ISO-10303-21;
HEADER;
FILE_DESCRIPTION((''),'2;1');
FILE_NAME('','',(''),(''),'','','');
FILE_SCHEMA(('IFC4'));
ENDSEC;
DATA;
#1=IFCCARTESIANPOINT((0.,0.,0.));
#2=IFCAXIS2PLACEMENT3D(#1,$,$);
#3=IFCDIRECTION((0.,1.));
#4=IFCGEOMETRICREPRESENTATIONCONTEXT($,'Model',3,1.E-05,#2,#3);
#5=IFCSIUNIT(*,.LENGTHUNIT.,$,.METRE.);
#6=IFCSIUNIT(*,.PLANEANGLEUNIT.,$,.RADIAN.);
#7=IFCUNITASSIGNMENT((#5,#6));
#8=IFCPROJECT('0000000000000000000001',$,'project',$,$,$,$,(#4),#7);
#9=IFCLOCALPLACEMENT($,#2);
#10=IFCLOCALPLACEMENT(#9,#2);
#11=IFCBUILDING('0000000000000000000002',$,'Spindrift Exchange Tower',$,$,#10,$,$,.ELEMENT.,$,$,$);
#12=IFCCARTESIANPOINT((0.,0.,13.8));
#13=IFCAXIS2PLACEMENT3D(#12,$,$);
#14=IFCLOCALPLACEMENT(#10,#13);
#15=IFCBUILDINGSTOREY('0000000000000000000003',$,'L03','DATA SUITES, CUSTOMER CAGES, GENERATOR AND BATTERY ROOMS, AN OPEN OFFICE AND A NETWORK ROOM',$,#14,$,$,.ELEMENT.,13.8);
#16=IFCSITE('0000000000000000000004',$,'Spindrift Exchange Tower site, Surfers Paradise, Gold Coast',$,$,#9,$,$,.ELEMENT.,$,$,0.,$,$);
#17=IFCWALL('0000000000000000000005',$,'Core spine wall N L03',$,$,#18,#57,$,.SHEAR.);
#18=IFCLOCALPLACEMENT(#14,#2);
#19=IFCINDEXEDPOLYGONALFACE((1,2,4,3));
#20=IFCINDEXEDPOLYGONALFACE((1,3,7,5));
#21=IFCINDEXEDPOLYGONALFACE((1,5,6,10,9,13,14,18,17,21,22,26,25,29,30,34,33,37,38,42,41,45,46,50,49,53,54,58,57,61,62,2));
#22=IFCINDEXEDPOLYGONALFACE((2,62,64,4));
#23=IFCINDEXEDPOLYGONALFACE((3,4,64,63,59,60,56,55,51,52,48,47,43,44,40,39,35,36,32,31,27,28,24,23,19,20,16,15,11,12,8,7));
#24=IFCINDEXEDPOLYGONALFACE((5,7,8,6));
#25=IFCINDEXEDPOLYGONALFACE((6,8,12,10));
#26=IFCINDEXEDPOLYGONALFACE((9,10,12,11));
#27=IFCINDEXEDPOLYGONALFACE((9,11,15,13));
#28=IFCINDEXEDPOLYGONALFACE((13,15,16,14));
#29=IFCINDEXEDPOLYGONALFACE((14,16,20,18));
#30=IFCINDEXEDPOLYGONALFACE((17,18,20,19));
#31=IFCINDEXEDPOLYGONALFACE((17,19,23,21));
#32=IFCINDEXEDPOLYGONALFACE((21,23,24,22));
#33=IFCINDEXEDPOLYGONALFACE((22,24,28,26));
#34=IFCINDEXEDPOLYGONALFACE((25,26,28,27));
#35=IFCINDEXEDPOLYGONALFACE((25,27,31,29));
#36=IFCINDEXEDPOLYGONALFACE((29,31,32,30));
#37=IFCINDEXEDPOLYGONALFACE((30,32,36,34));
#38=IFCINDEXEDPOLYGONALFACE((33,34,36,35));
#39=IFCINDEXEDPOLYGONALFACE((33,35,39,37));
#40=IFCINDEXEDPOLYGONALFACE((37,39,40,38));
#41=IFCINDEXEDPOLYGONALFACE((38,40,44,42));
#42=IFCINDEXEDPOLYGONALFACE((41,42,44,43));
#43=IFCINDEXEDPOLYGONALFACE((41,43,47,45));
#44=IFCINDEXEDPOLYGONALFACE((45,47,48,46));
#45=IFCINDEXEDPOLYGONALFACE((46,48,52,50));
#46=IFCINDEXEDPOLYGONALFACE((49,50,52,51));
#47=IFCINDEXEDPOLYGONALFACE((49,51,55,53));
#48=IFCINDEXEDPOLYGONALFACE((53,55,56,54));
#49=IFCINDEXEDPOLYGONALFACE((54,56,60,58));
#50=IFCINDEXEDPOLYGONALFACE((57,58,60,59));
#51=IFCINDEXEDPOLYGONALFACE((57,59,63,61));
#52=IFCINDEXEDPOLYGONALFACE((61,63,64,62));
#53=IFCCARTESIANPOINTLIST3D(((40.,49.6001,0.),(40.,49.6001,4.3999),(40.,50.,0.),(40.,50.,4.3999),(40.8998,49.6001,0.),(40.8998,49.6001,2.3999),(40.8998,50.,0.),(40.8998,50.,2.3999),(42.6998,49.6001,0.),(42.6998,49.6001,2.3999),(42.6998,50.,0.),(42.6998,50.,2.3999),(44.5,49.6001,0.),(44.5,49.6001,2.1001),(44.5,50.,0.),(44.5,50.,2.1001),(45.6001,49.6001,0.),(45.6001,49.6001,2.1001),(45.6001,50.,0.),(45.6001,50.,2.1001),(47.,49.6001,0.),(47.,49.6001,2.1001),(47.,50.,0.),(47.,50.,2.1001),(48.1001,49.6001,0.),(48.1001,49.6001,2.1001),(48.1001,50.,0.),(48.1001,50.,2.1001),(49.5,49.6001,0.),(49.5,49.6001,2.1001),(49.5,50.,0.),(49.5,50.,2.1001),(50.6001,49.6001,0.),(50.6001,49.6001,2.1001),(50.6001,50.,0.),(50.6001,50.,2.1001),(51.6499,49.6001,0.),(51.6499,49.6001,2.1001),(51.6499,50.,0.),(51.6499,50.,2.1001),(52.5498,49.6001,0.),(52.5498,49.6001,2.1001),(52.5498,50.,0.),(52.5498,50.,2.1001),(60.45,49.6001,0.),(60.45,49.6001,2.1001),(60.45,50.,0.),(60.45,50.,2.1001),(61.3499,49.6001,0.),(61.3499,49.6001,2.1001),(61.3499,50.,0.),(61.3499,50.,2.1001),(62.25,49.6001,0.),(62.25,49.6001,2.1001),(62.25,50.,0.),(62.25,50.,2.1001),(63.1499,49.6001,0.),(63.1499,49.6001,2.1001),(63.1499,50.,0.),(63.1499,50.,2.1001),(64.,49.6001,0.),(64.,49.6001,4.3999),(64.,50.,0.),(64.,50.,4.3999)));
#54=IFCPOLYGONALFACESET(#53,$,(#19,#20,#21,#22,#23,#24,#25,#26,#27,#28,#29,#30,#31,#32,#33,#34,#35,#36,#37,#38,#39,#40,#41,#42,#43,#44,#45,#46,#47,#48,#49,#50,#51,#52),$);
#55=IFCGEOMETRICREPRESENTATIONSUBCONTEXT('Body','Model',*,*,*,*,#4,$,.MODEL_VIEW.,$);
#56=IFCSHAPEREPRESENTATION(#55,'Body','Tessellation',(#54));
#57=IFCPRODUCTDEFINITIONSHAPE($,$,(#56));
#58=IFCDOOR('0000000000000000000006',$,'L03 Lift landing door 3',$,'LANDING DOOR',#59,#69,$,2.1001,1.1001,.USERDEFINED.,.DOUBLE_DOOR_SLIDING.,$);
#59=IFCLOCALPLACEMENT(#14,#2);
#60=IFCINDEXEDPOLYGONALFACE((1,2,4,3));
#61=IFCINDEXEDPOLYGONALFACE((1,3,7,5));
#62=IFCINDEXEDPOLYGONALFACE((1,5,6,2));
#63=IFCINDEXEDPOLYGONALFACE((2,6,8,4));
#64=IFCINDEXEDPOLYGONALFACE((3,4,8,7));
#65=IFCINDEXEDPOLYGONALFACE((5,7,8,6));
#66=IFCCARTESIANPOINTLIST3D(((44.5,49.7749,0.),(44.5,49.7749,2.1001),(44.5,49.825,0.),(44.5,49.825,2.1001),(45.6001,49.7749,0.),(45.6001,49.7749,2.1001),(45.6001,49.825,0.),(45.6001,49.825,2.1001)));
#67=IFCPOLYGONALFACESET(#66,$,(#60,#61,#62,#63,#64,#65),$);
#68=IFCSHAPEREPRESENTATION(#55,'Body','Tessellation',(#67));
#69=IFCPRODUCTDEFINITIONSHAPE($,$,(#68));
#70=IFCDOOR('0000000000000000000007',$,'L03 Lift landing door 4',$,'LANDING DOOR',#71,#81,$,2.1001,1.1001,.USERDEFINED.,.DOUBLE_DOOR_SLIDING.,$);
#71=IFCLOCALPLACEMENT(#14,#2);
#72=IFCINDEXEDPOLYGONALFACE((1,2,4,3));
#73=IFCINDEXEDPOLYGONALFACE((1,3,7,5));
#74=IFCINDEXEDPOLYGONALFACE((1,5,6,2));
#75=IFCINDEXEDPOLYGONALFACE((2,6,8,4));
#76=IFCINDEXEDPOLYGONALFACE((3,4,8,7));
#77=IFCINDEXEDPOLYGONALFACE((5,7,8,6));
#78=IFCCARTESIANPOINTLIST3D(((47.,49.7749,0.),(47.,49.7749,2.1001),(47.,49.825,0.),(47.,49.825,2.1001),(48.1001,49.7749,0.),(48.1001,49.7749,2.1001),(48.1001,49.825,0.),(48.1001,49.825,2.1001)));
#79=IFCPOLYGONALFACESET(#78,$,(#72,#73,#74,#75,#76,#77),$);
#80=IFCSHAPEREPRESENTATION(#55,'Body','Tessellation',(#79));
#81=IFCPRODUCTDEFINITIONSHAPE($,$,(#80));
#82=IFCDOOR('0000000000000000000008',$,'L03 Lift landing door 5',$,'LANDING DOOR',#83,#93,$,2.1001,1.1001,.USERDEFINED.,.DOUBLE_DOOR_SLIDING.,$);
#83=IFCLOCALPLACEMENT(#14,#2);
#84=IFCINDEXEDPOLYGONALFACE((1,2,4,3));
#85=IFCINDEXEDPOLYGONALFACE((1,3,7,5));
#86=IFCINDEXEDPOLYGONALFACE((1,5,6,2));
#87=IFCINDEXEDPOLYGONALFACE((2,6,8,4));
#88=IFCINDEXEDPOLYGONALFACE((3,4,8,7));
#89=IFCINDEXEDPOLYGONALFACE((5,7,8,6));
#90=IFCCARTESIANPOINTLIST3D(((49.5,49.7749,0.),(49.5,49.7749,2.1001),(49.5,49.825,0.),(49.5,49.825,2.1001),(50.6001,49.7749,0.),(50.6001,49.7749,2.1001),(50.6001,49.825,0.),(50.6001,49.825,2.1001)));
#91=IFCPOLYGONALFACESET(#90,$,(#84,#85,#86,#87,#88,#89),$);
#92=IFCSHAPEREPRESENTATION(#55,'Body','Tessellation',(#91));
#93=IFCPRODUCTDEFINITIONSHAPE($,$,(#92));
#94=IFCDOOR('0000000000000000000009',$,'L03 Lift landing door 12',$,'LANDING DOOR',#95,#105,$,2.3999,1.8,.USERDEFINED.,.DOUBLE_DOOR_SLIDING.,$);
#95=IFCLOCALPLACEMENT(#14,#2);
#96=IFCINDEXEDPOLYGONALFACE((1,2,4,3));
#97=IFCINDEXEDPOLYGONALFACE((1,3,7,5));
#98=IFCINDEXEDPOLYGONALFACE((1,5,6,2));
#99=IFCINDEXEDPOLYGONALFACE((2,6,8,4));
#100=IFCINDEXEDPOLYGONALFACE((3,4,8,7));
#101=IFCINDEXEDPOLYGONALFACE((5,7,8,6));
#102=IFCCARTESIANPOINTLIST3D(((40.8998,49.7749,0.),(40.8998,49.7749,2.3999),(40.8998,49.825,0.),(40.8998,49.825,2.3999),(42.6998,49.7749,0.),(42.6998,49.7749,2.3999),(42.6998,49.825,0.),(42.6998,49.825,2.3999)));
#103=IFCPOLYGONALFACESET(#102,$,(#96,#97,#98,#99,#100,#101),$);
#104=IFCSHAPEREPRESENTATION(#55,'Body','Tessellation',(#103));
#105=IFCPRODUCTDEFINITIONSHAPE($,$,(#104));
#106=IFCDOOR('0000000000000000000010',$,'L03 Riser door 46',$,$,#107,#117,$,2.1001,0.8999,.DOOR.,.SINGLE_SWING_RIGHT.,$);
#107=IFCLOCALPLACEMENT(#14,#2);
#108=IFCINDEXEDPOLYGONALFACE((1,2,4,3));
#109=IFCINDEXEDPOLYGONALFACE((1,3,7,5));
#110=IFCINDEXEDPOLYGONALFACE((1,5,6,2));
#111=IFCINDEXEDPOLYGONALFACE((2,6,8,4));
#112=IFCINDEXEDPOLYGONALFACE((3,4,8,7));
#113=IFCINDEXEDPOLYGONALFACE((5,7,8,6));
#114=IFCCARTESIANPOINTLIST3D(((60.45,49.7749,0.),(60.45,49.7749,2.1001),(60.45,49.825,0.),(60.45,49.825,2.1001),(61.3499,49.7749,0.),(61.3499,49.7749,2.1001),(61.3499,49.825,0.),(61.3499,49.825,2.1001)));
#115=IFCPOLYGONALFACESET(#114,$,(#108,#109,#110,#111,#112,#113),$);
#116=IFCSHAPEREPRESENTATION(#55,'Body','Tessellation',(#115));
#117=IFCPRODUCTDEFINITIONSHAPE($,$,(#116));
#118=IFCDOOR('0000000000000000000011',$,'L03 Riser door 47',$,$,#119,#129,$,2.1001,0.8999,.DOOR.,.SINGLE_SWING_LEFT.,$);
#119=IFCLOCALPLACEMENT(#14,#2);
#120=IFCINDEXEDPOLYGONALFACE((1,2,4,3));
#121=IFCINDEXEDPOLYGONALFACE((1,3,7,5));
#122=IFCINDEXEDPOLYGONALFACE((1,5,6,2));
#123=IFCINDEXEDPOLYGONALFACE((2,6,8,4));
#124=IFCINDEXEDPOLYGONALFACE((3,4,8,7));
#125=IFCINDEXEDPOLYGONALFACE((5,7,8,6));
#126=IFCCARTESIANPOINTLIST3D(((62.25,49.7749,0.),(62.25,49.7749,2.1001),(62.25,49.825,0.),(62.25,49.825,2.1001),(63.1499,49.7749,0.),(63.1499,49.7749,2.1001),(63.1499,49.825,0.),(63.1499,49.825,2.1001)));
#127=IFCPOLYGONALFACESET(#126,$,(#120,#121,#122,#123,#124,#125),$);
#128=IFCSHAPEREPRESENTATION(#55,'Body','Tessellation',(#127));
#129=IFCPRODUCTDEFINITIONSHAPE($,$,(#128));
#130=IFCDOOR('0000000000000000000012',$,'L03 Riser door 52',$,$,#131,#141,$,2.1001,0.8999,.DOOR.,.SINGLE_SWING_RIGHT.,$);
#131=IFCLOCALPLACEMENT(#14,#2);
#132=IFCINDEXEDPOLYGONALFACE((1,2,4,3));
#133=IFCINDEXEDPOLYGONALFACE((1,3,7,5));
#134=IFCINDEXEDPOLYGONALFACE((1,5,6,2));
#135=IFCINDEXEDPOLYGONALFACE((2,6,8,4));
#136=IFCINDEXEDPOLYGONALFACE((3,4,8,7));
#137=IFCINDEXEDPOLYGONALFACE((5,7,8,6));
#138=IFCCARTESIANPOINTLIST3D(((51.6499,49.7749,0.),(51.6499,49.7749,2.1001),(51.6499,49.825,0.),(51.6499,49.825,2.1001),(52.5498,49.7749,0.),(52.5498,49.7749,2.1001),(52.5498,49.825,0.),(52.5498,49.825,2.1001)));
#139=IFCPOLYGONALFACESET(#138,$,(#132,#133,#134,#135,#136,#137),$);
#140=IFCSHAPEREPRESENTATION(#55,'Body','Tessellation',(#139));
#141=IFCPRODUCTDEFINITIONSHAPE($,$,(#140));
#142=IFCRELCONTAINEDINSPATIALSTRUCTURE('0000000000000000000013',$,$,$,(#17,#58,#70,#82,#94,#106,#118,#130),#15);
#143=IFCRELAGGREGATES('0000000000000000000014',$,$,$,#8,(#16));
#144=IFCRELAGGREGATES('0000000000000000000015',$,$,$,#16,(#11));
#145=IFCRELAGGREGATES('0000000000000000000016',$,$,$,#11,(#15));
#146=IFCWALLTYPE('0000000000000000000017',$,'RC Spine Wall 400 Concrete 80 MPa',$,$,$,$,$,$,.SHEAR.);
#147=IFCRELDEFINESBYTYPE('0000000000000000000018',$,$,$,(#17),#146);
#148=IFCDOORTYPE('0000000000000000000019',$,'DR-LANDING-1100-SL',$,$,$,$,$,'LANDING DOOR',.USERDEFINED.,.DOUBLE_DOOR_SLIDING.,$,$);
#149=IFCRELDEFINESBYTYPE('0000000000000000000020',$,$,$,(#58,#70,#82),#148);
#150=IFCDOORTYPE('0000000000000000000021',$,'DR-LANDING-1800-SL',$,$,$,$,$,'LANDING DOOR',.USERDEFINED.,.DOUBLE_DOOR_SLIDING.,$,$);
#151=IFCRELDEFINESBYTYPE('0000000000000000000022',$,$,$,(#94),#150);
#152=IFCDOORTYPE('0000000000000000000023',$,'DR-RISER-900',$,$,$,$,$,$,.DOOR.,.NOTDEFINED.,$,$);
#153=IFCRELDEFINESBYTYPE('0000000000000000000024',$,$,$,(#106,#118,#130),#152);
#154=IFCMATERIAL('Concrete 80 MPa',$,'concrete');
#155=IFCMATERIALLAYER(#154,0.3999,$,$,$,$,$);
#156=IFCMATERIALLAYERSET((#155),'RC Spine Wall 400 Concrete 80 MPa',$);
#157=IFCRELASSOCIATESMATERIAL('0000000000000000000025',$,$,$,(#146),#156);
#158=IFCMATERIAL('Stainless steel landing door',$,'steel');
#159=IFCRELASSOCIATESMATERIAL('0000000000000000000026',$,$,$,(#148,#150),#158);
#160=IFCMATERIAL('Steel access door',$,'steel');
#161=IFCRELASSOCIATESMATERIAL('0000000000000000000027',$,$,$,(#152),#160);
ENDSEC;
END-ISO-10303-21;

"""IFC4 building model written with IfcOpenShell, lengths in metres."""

from ifc_helpers import new_model, si_unit, direction, frame, frame_2d, origin, place, context, subcontext, project, spatial, rectangle, extrude, source, transform, mapped, material, layer, layer_set, type_object, element, fill, save


model = new_model("IFC4")

# Units and contexts
model_context = context("Model", 3, precision=1e-05, world=origin(), true_north=direction((0.0, 1.0)))
body_context = subcontext(model_context, "Body", "Model", "MODEL_VIEW")
ifc_project = project(units=[si_unit("LENGTHUNIT", "METRE"), si_unit("PLANEANGLEUNIT", "RADIAN")], contexts=[model_context])

# Site, building, storey
site_placement = place(None, origin())
site = spatial("IfcSite", under=ifc_project, at=site_placement, Name="Spindrift Exchange Tower site, Surfers Paradise, Gold Coast", CompositionType="ELEMENT", RefElevation=0.0)
building_placement = place(site_placement, origin())
building = spatial("IfcBuilding", under=site, at=building_placement, Name="Spindrift Exchange Tower", CompositionType="ELEMENT")
storey_placement = place(building_placement, frame((0.0, 0.0, 13.8)))
storey = spatial("IfcBuildingStorey", under=building, at=storey_placement, Name="L03", Description="DATA SUITES, CUSTOMER CAGES, GENERATOR AND BATTERY ROOMS, AN OPEN OFFICE AND A NETWORK ROOM", CompositionType="ELEMENT", Elevation=13.8)

# Shared definitions
ifc_material_1 = material(Name="Concrete 80 MPa", Category="concrete")

# Wall, openings, doors
ifc_layer_1 = layer(ifc_material_1, 0.3999)
ifc_layer_set_1 = layer_set([ifc_layer_1], Name="RC Spine Wall 400 Concrete 80 MPa")
wall_type_1 = type_object("IfcWallType", Name="RC Spine Wall 400 Concrete 80 MPa", PredefinedType="SHEAR", material=ifc_layer_set_1)
wall_1_placement = place(storey_placement, frame((40.0, 49.8, 0.0), z_axis=(0.0, 0.0, 1.0), x_axis=(1.0, 0.0, 0.0)))
wall_1 = element("IfcWall", 1, at=wall_1_placement, inside=storey, type_object=wall_type_1, Name="Core spine wall N L03", PredefinedType="SHEAR", context=body_context, shape_type="SweptSolid", body=[
    extrude(rectangle(XDim=24.0, YDim=0.3999, at=frame_2d((12.0, 0.0))), origin(), (0.0, 0.0, 1.0), 4.3999),
])
opening_1_placement = place(wall_1_placement, frame((4.5, 0.0, 0.0)))
opening_1 = element("IfcOpeningElement", 2, at=opening_1_placement, cuts=wall_1, PredefinedType="OPENING", context=body_context, shape_type="SweptSolid", body=[
    extrude(rectangle(XDim=1.1001, YDim=2.1001, at=frame_2d((0.55, 1.05))), frame((0.0, 0.21, 0.0), z_axis=(0.0, -1.0, 0.0), x_axis=(1.0, 0.0, 0.0)), (0.0, 0.0, 1.0), 0.4199),
])
opening_2_placement = place(wall_1_placement, frame((7.0, 0.0, 0.0)))
opening_2 = element("IfcOpeningElement", 3, at=opening_2_placement, cuts=wall_1, PredefinedType="OPENING", context=body_context, shape_type="SweptSolid", body=[
    extrude(rectangle(XDim=1.1001, YDim=2.1001, at=frame_2d((0.55, 1.05))), frame((0.0, 0.21, 0.0), z_axis=(0.0, -1.0, 0.0), x_axis=(1.0, 0.0, 0.0)), (0.0, 0.0, 1.0), 0.4199),
])
opening_3_placement = place(wall_1_placement, frame((9.5, 0.0, 0.0)))
opening_3 = element("IfcOpeningElement", 4, at=opening_3_placement, cuts=wall_1, PredefinedType="OPENING", context=body_context, shape_type="SweptSolid", body=[
    extrude(rectangle(XDim=1.1001, YDim=2.1001, at=frame_2d((0.55, 1.05))), frame((0.0, 0.21, 0.0), z_axis=(0.0, -1.0, 0.0), x_axis=(1.0, 0.0, 0.0)), (0.0, 0.0, 1.0), 0.4199),
])
opening_4_placement = place(wall_1_placement, frame((0.8999, 0.0, 0.0)))
opening_4 = element("IfcOpeningElement", 5, at=opening_4_placement, cuts=wall_1, PredefinedType="OPENING", context=body_context, shape_type="SweptSolid", body=[
    extrude(rectangle(XDim=1.8, YDim=2.3999, at=frame_2d((0.8999, 1.2))), frame((0.0, 0.21, 0.0), z_axis=(0.0, -1.0, 0.0), x_axis=(1.0, 0.0, 0.0)), (0.0, 0.0, 1.0), 0.4199),
])
opening_5_placement = place(wall_1_placement, frame((20.45, 0.0, 0.0)))
opening_5 = element("IfcOpeningElement", 6, at=opening_5_placement, cuts=wall_1, PredefinedType="OPENING", context=body_context, shape_type="SweptSolid", body=[
    extrude(rectangle(XDim=0.8999, YDim=2.1001, at=frame_2d((0.45, 1.05))), frame((0.0, 0.21, 0.0), z_axis=(0.0, -1.0, 0.0), x_axis=(1.0, 0.0, 0.0)), (0.0, 0.0, 1.0), 0.4199),
])
opening_6_placement = place(wall_1_placement, frame((22.25, 0.0, 0.0)))
opening_6 = element("IfcOpeningElement", 7, at=opening_6_placement, cuts=wall_1, PredefinedType="OPENING", context=body_context, shape_type="SweptSolid", body=[
    extrude(rectangle(XDim=0.8999, YDim=2.1001, at=frame_2d((0.45, 1.05))), frame((0.0, 0.21, 0.0), z_axis=(0.0, -1.0, 0.0), x_axis=(1.0, 0.0, 0.0)), (0.0, 0.0, 1.0), 0.4199),
])
opening_7_placement = place(wall_1_placement, frame((11.6499, 0.0, 0.0)))
opening_7 = element("IfcOpeningElement", 8, at=opening_7_placement, cuts=wall_1, PredefinedType="OPENING", context=body_context, shape_type="SweptSolid", body=[
    extrude(rectangle(XDim=0.8999, YDim=2.1001, at=frame_2d((0.45, 1.05))), frame((0.0, 0.21, 0.0), z_axis=(0.0, -1.0, 0.0), x_axis=(1.0, 0.0, 0.0)), (0.0, 0.0, 1.0), 0.4199),
])
ifc_material_2 = material(Name="Stainless steel landing door", Category="steel")
door_type_1 = type_object("IfcDoorType", Name="DR-LANDING-1100-SL", ElementType="LANDING DOOR", OperationType="DOUBLE_DOOR_SLIDING", PredefinedType="USERDEFINED", material=ifc_material_2)
shared_shape_1 = source(origin(), body_context, "Body", "SweptSolid", [
    extrude(rectangle(XDim=1.1001, YDim=2.1001, at=frame_2d((0.55, 1.05))), frame((0.0, 0.0249, 0.0), z_axis=(0.0, -1.0, 0.0), x_axis=(1.0, 0.0, 0.0)), (0.0, 0.0, 1.0), 0.05),
])
door_1_placement = place(opening_1_placement, origin())
door_1 = element("IfcDoor", 9, at=door_1_placement, inside=storey, type_object=door_type_1, Name="L03 Lift landing door 3", ObjectType="LANDING DOOR", OperationType="DOUBLE_DOOR_SLIDING", OverallHeight=2.1001, OverallWidth=1.1001, PredefinedType="USERDEFINED", context=body_context, shape_type="MappedRepresentation", body=[
    mapped(shared_shape_1, transform((0.0, 0.0, 0.0), scale=1.0)),
])
fill(opening_1, door_1)
door_2_placement = place(opening_2_placement, origin())
door_2 = element("IfcDoor", 10, at=door_2_placement, inside=storey, type_object=door_type_1, Name="L03 Lift landing door 4", ObjectType="LANDING DOOR", OperationType="DOUBLE_DOOR_SLIDING", OverallHeight=2.1001, OverallWidth=1.1001, PredefinedType="USERDEFINED", context=body_context, shape_type="MappedRepresentation", body=[
    mapped(shared_shape_1, transform((0.0, 0.0, 0.0), scale=1.0)),
])
fill(opening_2, door_2)
door_3_placement = place(opening_3_placement, origin())
door_3 = element("IfcDoor", 11, at=door_3_placement, inside=storey, type_object=door_type_1, Name="L03 Lift landing door 5", ObjectType="LANDING DOOR", OperationType="DOUBLE_DOOR_SLIDING", OverallHeight=2.1001, OverallWidth=1.1001, PredefinedType="USERDEFINED", context=body_context, shape_type="MappedRepresentation", body=[
    mapped(shared_shape_1, transform((0.0, 0.0, 0.0), scale=1.0)),
])
fill(opening_3, door_3)
door_type_2 = type_object("IfcDoorType", Name="DR-LANDING-1800-SL", ElementType="LANDING DOOR", OperationType="DOUBLE_DOOR_SLIDING", PredefinedType="USERDEFINED", material=ifc_material_2)
shared_shape_2 = source(origin(), body_context, "Body", "SweptSolid", [
    extrude(rectangle(XDim=1.8, YDim=2.3999, at=frame_2d((0.8999, 1.2))), frame((0.0, 0.0249, 0.0), z_axis=(0.0, -1.0, 0.0), x_axis=(1.0, 0.0, 0.0)), (0.0, 0.0, 1.0), 0.05),
])
door_4_placement = place(opening_4_placement, origin())
door_4 = element("IfcDoor", 12, at=door_4_placement, inside=storey, type_object=door_type_2, Name="L03 Lift landing door 12", ObjectType="LANDING DOOR", OperationType="DOUBLE_DOOR_SLIDING", OverallHeight=2.3999, OverallWidth=1.8, PredefinedType="USERDEFINED", context=body_context, shape_type="MappedRepresentation", body=[
    mapped(shared_shape_2, transform((0.0, 0.0, 0.0), scale=1.0)),
])
fill(opening_4, door_4)
ifc_material_3 = material(Name="Steel access door", Category="steel")
door_type_3 = type_object("IfcDoorType", Name="DR-RISER-900", OperationType="NOTDEFINED", PredefinedType="DOOR", material=ifc_material_3)
shared_shape_3 = source(origin(), body_context, "Body", "SweptSolid", [
    extrude(rectangle(XDim=0.8999, YDim=2.1001, at=frame_2d((0.45, 1.05))), frame((0.0, 0.0249, 0.0), z_axis=(0.0, -1.0, 0.0), x_axis=(1.0, 0.0, 0.0)), (0.0, 0.0, 1.0), 0.05),
])
door_5_placement = place(opening_5_placement, origin())
door_5 = element("IfcDoor", 13, at=door_5_placement, inside=storey, type_object=door_type_3, Name="L03 Riser door 46", OperationType="SINGLE_SWING_RIGHT", OverallHeight=2.1001, OverallWidth=0.8999, PredefinedType="DOOR", context=body_context, shape_type="MappedRepresentation", body=[
    mapped(shared_shape_3, transform((0.0, 0.0, 0.0), scale=1.0)),
])
fill(opening_5, door_5)
door_6_placement = place(opening_6_placement, origin())
door_6 = element("IfcDoor", 14, at=door_6_placement, inside=storey, type_object=door_type_3, Name="L03 Riser door 47", OperationType="SINGLE_SWING_LEFT", OverallHeight=2.1001, OverallWidth=0.8999, PredefinedType="DOOR", context=body_context, shape_type="MappedRepresentation", body=[
    mapped(shared_shape_3, transform((0.0, 0.0, 0.0), scale=1.0)),
])
fill(opening_6, door_6)
door_7_placement = place(opening_7_placement, origin())
door_7 = element("IfcDoor", 15, at=door_7_placement, inside=storey, type_object=door_type_3, Name="L03 Riser door 52", OperationType="SINGLE_SWING_RIGHT", OverallHeight=2.1001, OverallWidth=0.8999, PredefinedType="DOOR", context=body_context, shape_type="MappedRepresentation", body=[
    mapped(shared_shape_3, transform((0.0, 0.0, 0.0), scale=1.0)),
])
fill(opening_7, door_7)

save(model, "model.ifc")
